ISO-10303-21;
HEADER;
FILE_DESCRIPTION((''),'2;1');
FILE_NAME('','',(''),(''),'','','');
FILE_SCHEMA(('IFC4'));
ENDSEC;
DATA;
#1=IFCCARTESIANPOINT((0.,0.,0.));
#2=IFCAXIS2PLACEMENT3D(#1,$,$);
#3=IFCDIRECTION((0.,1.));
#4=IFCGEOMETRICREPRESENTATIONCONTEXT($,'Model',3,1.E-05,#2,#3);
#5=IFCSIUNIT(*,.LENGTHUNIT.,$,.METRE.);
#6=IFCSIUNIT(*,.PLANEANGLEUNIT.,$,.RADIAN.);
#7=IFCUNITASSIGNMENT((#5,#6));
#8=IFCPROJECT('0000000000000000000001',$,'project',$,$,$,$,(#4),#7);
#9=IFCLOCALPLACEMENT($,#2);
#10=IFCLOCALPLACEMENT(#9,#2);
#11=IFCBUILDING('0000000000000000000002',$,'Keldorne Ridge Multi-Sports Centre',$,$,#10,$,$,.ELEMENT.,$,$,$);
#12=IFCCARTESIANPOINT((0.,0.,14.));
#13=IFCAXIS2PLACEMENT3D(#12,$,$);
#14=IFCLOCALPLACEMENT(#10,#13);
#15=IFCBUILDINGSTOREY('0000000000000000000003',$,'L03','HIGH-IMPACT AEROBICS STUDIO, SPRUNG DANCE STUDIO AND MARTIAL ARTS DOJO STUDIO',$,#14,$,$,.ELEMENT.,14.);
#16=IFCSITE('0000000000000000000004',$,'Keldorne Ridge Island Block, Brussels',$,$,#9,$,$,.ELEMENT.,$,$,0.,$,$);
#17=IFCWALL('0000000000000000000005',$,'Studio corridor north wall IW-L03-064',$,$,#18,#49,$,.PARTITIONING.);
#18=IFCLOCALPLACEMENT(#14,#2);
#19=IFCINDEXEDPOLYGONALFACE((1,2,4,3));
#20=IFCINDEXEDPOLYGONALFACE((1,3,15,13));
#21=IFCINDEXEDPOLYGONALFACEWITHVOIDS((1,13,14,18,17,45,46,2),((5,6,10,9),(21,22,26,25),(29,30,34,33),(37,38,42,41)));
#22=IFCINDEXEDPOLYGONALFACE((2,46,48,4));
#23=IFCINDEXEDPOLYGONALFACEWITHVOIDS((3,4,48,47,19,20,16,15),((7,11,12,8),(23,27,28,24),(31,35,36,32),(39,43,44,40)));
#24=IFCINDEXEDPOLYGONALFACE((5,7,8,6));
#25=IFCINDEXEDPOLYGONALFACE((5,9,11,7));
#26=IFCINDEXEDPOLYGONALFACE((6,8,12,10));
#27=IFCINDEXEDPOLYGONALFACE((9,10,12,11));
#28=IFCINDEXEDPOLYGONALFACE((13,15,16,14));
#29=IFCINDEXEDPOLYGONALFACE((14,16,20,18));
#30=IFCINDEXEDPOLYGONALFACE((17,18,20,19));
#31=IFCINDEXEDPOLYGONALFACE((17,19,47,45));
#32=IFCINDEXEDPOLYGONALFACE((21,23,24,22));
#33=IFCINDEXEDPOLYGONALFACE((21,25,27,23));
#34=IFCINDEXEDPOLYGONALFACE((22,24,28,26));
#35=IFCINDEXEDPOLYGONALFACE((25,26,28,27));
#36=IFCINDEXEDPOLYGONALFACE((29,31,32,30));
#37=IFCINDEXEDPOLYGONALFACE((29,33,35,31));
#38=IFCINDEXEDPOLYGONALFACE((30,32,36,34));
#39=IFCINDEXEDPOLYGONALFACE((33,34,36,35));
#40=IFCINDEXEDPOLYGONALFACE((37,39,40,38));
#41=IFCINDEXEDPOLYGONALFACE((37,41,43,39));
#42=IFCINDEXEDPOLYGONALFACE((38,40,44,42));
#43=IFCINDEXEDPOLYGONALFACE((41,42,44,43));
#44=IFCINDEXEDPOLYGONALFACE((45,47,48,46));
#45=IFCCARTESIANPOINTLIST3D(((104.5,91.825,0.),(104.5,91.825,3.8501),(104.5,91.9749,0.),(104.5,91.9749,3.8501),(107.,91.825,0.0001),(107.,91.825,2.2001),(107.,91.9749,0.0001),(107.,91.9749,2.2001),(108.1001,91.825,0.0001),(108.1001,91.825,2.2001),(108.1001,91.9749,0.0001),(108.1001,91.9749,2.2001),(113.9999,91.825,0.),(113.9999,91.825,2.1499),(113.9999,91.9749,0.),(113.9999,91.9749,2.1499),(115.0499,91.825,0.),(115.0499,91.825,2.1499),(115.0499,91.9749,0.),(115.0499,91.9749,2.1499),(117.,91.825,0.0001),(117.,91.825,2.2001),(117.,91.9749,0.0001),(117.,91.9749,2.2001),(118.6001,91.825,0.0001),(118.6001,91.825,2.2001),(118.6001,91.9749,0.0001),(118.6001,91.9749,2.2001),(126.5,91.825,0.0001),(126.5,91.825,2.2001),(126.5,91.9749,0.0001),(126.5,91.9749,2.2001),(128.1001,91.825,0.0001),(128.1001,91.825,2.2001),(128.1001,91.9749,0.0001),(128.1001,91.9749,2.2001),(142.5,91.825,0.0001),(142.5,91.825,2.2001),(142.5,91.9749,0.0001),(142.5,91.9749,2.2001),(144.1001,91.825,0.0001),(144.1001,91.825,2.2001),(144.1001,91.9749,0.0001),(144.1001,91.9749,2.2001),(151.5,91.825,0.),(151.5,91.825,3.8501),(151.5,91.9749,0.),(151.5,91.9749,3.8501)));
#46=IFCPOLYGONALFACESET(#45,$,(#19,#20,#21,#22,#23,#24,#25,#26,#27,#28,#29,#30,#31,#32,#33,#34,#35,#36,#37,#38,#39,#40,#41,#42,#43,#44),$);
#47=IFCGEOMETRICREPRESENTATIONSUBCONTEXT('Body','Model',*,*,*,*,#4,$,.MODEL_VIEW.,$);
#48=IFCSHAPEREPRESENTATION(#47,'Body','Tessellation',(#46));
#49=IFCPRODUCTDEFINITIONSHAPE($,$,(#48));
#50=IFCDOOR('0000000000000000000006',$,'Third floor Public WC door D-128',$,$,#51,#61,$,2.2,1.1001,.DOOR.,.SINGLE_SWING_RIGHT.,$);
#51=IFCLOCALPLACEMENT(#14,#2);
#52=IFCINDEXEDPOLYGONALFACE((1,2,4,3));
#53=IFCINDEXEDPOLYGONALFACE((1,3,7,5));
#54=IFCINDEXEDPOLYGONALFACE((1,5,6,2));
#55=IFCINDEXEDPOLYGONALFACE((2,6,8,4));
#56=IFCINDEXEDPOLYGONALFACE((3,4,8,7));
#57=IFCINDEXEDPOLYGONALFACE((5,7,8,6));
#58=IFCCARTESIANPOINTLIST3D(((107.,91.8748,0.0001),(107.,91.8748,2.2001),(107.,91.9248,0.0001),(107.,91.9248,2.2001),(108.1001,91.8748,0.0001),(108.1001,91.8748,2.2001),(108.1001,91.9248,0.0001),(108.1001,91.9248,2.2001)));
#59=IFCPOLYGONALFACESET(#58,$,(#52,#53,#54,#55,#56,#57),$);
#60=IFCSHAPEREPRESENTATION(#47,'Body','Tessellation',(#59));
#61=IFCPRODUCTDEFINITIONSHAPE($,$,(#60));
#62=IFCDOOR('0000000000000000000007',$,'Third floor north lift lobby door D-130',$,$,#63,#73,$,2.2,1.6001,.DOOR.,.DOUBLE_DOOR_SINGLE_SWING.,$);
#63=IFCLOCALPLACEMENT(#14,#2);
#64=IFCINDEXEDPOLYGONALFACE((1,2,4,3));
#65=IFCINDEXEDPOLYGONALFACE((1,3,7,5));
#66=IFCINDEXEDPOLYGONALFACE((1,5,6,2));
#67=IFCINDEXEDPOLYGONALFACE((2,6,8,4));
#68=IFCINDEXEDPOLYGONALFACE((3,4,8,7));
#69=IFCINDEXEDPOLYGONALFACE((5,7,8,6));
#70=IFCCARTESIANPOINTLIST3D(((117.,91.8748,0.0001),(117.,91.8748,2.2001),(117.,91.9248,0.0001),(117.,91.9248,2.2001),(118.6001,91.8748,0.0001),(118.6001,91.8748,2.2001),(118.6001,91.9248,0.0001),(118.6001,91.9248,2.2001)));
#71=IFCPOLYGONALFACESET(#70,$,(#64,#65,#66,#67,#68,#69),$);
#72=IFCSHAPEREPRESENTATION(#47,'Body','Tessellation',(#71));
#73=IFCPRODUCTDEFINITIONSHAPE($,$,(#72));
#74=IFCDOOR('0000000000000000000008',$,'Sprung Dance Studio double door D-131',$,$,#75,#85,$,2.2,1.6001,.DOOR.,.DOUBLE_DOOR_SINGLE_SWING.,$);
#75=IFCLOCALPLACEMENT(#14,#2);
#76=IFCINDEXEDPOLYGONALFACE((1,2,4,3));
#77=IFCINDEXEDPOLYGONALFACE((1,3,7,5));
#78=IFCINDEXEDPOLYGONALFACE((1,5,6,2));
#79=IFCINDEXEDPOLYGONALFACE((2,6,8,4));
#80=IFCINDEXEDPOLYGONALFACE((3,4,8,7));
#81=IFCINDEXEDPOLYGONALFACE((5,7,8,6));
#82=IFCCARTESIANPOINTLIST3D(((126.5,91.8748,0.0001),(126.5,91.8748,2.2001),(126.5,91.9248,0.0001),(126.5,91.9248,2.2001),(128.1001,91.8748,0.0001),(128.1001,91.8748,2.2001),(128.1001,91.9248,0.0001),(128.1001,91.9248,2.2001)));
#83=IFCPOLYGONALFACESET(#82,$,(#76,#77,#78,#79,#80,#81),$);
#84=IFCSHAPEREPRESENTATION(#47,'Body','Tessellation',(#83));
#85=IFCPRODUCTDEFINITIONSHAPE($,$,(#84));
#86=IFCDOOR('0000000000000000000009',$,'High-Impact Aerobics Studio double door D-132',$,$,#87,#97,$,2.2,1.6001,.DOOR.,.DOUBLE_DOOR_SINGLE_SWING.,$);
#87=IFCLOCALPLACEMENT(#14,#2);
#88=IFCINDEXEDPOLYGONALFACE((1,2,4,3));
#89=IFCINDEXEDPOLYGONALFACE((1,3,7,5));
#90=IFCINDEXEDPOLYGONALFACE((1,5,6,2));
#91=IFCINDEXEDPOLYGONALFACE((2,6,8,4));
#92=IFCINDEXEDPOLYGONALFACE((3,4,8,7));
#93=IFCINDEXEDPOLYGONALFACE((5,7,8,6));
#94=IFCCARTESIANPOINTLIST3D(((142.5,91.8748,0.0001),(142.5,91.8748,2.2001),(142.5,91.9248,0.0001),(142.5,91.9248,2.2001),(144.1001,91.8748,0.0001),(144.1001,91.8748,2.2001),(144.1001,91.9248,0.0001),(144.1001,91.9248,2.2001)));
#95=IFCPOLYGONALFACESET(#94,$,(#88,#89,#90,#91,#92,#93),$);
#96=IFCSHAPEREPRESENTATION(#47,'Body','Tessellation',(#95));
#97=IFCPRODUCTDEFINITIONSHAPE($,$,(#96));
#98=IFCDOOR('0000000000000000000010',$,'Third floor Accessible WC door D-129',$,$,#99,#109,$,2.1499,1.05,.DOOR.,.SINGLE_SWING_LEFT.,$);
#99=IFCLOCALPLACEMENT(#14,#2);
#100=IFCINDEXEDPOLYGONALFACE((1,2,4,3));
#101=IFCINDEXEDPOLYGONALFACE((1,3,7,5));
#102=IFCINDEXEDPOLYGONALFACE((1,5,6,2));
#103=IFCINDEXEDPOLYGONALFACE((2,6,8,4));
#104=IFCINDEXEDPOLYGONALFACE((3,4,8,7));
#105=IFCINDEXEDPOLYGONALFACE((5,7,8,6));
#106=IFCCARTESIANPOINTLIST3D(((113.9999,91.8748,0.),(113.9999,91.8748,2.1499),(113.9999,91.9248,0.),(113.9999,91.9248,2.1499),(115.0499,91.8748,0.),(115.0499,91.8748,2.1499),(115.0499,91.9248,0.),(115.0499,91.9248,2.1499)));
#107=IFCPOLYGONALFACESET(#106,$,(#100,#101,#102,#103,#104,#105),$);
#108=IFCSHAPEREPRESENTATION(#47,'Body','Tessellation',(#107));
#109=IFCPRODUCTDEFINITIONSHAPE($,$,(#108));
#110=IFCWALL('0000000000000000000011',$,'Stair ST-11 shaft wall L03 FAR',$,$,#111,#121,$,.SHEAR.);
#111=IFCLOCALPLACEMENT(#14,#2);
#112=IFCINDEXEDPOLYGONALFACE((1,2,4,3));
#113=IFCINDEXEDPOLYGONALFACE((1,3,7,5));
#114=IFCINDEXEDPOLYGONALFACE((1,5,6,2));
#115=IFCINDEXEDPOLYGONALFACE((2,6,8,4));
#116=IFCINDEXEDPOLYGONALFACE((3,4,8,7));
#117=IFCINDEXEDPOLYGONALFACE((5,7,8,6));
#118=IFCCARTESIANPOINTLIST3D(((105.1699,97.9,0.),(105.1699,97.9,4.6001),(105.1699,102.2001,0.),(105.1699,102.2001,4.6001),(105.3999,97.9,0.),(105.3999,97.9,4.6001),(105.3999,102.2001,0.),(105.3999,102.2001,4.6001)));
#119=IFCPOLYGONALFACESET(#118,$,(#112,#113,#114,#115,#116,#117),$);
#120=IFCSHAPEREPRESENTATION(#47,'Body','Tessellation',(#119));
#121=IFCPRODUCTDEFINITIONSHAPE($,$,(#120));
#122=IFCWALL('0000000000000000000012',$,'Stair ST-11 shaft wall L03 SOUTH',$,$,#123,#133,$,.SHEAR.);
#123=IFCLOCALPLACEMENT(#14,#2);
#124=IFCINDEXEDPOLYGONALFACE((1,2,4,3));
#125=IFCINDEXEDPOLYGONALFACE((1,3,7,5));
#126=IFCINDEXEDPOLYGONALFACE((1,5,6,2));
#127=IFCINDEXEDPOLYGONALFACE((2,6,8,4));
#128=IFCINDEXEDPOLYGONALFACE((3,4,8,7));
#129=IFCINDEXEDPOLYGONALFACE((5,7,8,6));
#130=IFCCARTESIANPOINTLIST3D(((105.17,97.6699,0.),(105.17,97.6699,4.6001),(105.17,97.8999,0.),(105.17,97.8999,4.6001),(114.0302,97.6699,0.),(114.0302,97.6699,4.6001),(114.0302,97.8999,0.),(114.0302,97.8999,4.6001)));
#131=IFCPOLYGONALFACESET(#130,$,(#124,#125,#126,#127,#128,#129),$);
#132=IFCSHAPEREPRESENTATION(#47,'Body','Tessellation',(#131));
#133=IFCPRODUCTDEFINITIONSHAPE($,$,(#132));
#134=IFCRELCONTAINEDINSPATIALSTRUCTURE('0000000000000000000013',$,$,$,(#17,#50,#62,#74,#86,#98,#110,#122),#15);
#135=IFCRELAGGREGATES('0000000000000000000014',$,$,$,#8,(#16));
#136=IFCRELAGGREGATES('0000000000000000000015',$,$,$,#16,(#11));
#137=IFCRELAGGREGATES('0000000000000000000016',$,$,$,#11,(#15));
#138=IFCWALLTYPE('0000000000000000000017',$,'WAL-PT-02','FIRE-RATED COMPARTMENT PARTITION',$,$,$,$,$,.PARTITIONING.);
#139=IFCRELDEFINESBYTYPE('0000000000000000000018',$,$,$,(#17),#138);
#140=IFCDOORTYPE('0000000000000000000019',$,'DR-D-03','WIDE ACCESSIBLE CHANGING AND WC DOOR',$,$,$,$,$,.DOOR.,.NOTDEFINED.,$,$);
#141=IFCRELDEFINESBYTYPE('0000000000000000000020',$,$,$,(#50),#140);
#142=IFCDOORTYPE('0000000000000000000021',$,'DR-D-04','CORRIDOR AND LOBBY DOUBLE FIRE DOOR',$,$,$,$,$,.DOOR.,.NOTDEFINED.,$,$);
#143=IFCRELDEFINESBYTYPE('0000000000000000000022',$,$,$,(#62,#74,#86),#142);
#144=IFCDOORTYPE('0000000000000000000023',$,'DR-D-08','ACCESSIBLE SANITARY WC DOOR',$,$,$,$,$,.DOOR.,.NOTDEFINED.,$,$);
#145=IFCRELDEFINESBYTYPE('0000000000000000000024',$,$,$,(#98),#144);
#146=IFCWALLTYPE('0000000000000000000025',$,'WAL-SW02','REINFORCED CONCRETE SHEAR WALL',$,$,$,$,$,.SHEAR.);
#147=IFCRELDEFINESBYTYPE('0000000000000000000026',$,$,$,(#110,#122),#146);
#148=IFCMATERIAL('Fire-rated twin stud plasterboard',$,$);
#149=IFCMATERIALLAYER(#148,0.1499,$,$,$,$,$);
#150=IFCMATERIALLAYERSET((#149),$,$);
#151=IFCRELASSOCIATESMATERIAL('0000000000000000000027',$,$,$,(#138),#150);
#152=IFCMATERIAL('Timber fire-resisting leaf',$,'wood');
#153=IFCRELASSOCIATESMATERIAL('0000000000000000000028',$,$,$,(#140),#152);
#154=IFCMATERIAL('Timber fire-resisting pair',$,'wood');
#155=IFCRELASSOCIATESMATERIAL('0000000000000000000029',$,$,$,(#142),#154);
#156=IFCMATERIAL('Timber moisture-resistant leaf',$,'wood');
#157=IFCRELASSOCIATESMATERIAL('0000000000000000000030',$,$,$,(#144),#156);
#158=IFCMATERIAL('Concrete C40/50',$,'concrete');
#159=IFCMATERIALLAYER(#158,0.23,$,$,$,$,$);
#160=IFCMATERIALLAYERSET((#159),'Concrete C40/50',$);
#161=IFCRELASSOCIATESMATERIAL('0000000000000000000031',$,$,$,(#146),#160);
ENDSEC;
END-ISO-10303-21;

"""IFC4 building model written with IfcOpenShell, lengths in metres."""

from ifc_helpers import new_model, si_unit, direction, frame, frame_2d, origin, place, context, subcontext, project, spatial, rectangle, extrude, material, layer, layer_set, type_object, element, fill, save


model = new_model("IFC4")

# Units and contexts
model_context = context("Model", 3, precision=1e-05, world=origin(), true_north=direction((0.0, 1.0)))
body_context = subcontext(model_context, "Body", "Model", "MODEL_VIEW")
ifc_project = project(units=[si_unit("LENGTHUNIT", "METRE"), si_unit("PLANEANGLEUNIT", "RADIAN")], contexts=[model_context])

# Site, building, storey
site_placement = place(None, origin())
site = spatial("IfcSite", under=ifc_project, at=site_placement, Name="Keldorne Ridge Island Block, Brussels", CompositionType="ELEMENT", RefElevation=0.0)
building_placement = place(site_placement, origin())
building = spatial("IfcBuilding", under=site, at=building_placement, Name="Keldorne Ridge Multi-Sports Centre", CompositionType="ELEMENT")
storey_placement = place(building_placement, frame((0.0, 0.0, 14.0)))
storey = spatial("IfcBuildingStorey", under=building, at=storey_placement, Name="L03", Description="HIGH-IMPACT AEROBICS STUDIO, SPRUNG DANCE STUDIO AND MARTIAL ARTS DOJO STUDIO", CompositionType="ELEMENT", Elevation=14.0)

# Wall, openings, doors
ifc_material_1 = material(Name="Fire-rated twin stud plasterboard")
ifc_layer_1 = layer(ifc_material_1, 0.1499)
ifc_layer_set_1 = layer_set([ifc_layer_1])
wall_type_1 = type_object("IfcWallType", Name="WAL-PT-02", Description="FIRE-RATED COMPARTMENT PARTITION", PredefinedType="PARTITIONING", material=ifc_layer_set_1)
wall_1_placement = place(storey_placement, frame((104.5, 91.8999, 0.0), z_axis=(0.0, 0.0, 1.0), x_axis=(1.0, 0.0, 0.0)))
wall_1 = element("IfcWall", 1, at=wall_1_placement, inside=storey, type_object=wall_type_1, Name="Studio corridor north wall IW-L03-064", PredefinedType="PARTITIONING", context=body_context, shape_type="SweptSolid", body=[
    extrude(rectangle(XDim=47.0, YDim=0.1499, at=frame_2d((23.5, 0.0))), origin(), (0.0, 0.0, 1.0), 3.8501),
])
opening_1_placement = place(wall_1_placement, frame((2.5, 0.0, 0.0)))
opening_1 = element("IfcOpeningElement", 2, at=opening_1_placement, cuts=wall_1, PredefinedType="OPENING", context=body_context, shape_type="SweptSolid", body=[
    extrude(rectangle(XDim=1.1001, YDim=2.2, at=frame_2d((0.55, 1.1001))), frame((0.0, 0.085, 0.0), z_axis=(0.0, -1.0, 0.0), x_axis=(1.0, 0.0, 0.0)), (0.0, 0.0, 1.0), 0.1699),
])
opening_2_placement = place(wall_1_placement, frame((9.5, 0.0, 0.0)))
opening_2 = element("IfcOpeningElement", 3, at=opening_2_placement, cuts=wall_1, PredefinedType="OPENING", context=body_context, shape_type="SweptSolid", body=[
    extrude(rectangle(XDim=1.05, YDim=2.1499, at=frame_2d((0.5249, 1.075))), frame((0.0, 0.085, 0.0), z_axis=(0.0, -1.0, 0.0), x_axis=(1.0, 0.0, 0.0)), (0.0, 0.0, 1.0), 0.1699),
])
opening_3_placement = place(wall_1_placement, frame((12.5, 0.0, 0.0)))
opening_3 = element("IfcOpeningElement", 4, at=opening_3_placement, cuts=wall_1, PredefinedType="OPENING", context=body_context, shape_type="SweptSolid", body=[
    extrude(rectangle(XDim=1.6001, YDim=2.2, at=frame_2d((0.8, 1.1001))), frame((0.0, 0.085, 0.0), z_axis=(0.0, -1.0, 0.0), x_axis=(1.0, 0.0, 0.0)), (0.0, 0.0, 1.0), 0.1699),
])
opening_4_placement = place(wall_1_placement, frame((22.0, 0.0, 0.0)))
opening_4 = element("IfcOpeningElement", 5, at=opening_4_placement, cuts=wall_1, PredefinedType="OPENING", context=body_context, shape_type="SweptSolid", body=[
    extrude(rectangle(XDim=1.6001, YDim=2.2, at=frame_2d((0.8, 1.1001))), frame((0.0, 0.085, 0.0), z_axis=(0.0, -1.0, 0.0), x_axis=(1.0, 0.0, 0.0)), (0.0, 0.0, 1.0), 0.1699),
])
opening_5_placement = place(wall_1_placement, frame((38.0, 0.0, 0.0)))
opening_5 = element("IfcOpeningElement", 6, at=opening_5_placement, cuts=wall_1, PredefinedType="OPENING", context=body_context, shape_type="SweptSolid", body=[
    extrude(rectangle(XDim=1.6001, YDim=2.2, at=frame_2d((0.8, 1.1001))), frame((0.0, 0.085, 0.0), z_axis=(0.0, -1.0, 0.0), x_axis=(1.0, 0.0, 0.0)), (0.0, 0.0, 1.0), 0.1699),
])
ifc_material_2 = material(Name="Timber fire-resisting leaf", Category="wood")
door_type_1 = type_object("IfcDoorType", Name="DR-D-03", Description="WIDE ACCESSIBLE CHANGING AND WC DOOR", OperationType="NOTDEFINED", PredefinedType="DOOR", material=ifc_material_2)
door_1_placement = place(opening_1_placement, origin())
door_1 = element("IfcDoor", 7, at=door_1_placement, inside=storey, type_object=door_type_1, Name="Third floor Public WC door D-128", OperationType="SINGLE_SWING_RIGHT", OverallHeight=2.2, OverallWidth=1.1001, PredefinedType="DOOR", context=body_context, shape_type="SweptSolid", body=[
    extrude(rectangle(XDim=1.1001, YDim=2.2, at=frame_2d((0.55, 1.1001))), frame((0.0, 0.0249, 0.0), z_axis=(0.0, -1.0, 0.0), x_axis=(1.0, 0.0, 0.0)), (0.0, 0.0, 1.0), 0.05),
])
fill(opening_1, door_1)
ifc_material_3 = material(Name="Timber fire-resisting pair", Category="wood")
door_type_2 = type_object("IfcDoorType", Name="DR-D-04", Description="CORRIDOR AND LOBBY DOUBLE FIRE DOOR", OperationType="NOTDEFINED", PredefinedType="DOOR", material=ifc_material_3)
door_2_placement = place(opening_3_placement, origin())
door_2 = element("IfcDoor", 8, at=door_2_placement, inside=storey, type_object=door_type_2, Name="Third floor north lift lobby door D-130", OperationType="DOUBLE_DOOR_SINGLE_SWING", OverallHeight=2.2, OverallWidth=1.6001, PredefinedType="DOOR", context=body_context, shape_type="SweptSolid", body=[
    extrude(rectangle(XDim=1.6001, YDim=2.2, at=frame_2d((0.8, 1.1001))), frame((0.0, 0.0249, 0.0), z_axis=(0.0, -1.0, 0.0), x_axis=(1.0, 0.0, 0.0)), (0.0, 0.0, 1.0), 0.05),
])
fill(opening_3, door_2)
door_3_placement = place(opening_4_placement, origin())
door_3 = element("IfcDoor", 9, at=door_3_placement, inside=storey, type_object=door_type_2, Name="Sprung Dance Studio double door D-131", OperationType="DOUBLE_DOOR_SINGLE_SWING", OverallHeight=2.2, OverallWidth=1.6001, PredefinedType="DOOR", context=body_context, shape_type="SweptSolid", body=[
    extrude(rectangle(XDim=1.6001, YDim=2.2, at=frame_2d((0.8, 1.1001))), frame((0.0, 0.0249, 0.0), z_axis=(0.0, -1.0, 0.0), x_axis=(1.0, 0.0, 0.0)), (0.0, 0.0, 1.0), 0.05),
])
fill(opening_4, door_3)
door_4_placement = place(opening_5_placement, origin())
door_4 = element("IfcDoor", 10, at=door_4_placement, inside=storey, type_object=door_type_2, Name="High-Impact Aerobics Studio double door D-132", OperationType="DOUBLE_DOOR_SINGLE_SWING", OverallHeight=2.2, OverallWidth=1.6001, PredefinedType="DOOR", context=body_context, shape_type="SweptSolid", body=[
    extrude(rectangle(XDim=1.6001, YDim=2.2, at=frame_2d((0.8, 1.1001))), frame((0.0, 0.0249, 0.0), z_axis=(0.0, -1.0, 0.0), x_axis=(1.0, 0.0, 0.0)), (0.0, 0.0, 1.0), 0.05),
])
fill(opening_5, door_4)
ifc_material_4 = material(Name="Timber moisture-resistant leaf", Category="wood")
door_type_3 = type_object("IfcDoorType", Name="DR-D-08", Description="ACCESSIBLE SANITARY WC DOOR", OperationType="NOTDEFINED", PredefinedType="DOOR", material=ifc_material_4)
door_5_placement = place(opening_2_placement, origin())
door_5 = element("IfcDoor", 11, at=door_5_placement, inside=storey, type_object=door_type_3, Name="Third floor Accessible WC door D-129", OperationType="SINGLE_SWING_LEFT", OverallHeight=2.1499, OverallWidth=1.05, PredefinedType="DOOR", context=body_context, shape_type="SweptSolid", body=[
    extrude(rectangle(XDim=1.05, YDim=2.1499, at=frame_2d((0.5249, 1.075))), frame((0.0, 0.0249, 0.0), z_axis=(0.0, -1.0, 0.0), x_axis=(1.0, 0.0, 0.0)), (0.0, 0.0, 1.0), 0.05),
])
fill(opening_2, door_5)

# Walls
ifc_material_5 = material(Name="Concrete C40/50", Category="concrete")
ifc_layer_2 = layer(ifc_material_5, 0.23)
ifc_layer_set_2 = layer_set([ifc_layer_2], Name="Concrete C40/50")
wall_type_2 = type_object("IfcWallType", Name="WAL-SW02", Description="REINFORCED CONCRETE SHEAR WALL", PredefinedType="SHEAR", material=ifc_layer_set_2)
wall_2_placement = place(storey_placement, frame((105.2849, 102.2, 0.0), z_axis=(0.0, 0.0, 1.0), x_axis=(0.0, -1.0, 0.0)))
element("IfcWall", 12, at=wall_2_placement, inside=storey, type_object=wall_type_2, Name="Stair ST-11 shaft wall L03 FAR", PredefinedType="SHEAR", context=body_context, shape_type="SweptSolid", body=[
    extrude(rectangle(XDim=4.3, YDim=0.23, at=frame_2d((2.1499, 0.0))), origin(), (0.0, 0.0, 1.0), 4.6001),
])
wall_3_placement = place(storey_placement, frame((105.1699, 97.7849, 0.0), z_axis=(0.0, 0.0, 1.0), x_axis=(1.0, 0.0, 0.0)))
element("IfcWall", 13, at=wall_3_placement, inside=storey, type_object=wall_type_2, Name="Stair ST-11 shaft wall L03 SOUTH", PredefinedType="SHEAR", context=body_context, shape_type="SweptSolid", body=[
    extrude(rectangle(XDim=8.8601, YDim=0.23, at=frame_2d((4.4302, 0.0))), origin(), (0.0, 0.0, 1.0), 4.6001),
])

save(model, "model.ifc")
